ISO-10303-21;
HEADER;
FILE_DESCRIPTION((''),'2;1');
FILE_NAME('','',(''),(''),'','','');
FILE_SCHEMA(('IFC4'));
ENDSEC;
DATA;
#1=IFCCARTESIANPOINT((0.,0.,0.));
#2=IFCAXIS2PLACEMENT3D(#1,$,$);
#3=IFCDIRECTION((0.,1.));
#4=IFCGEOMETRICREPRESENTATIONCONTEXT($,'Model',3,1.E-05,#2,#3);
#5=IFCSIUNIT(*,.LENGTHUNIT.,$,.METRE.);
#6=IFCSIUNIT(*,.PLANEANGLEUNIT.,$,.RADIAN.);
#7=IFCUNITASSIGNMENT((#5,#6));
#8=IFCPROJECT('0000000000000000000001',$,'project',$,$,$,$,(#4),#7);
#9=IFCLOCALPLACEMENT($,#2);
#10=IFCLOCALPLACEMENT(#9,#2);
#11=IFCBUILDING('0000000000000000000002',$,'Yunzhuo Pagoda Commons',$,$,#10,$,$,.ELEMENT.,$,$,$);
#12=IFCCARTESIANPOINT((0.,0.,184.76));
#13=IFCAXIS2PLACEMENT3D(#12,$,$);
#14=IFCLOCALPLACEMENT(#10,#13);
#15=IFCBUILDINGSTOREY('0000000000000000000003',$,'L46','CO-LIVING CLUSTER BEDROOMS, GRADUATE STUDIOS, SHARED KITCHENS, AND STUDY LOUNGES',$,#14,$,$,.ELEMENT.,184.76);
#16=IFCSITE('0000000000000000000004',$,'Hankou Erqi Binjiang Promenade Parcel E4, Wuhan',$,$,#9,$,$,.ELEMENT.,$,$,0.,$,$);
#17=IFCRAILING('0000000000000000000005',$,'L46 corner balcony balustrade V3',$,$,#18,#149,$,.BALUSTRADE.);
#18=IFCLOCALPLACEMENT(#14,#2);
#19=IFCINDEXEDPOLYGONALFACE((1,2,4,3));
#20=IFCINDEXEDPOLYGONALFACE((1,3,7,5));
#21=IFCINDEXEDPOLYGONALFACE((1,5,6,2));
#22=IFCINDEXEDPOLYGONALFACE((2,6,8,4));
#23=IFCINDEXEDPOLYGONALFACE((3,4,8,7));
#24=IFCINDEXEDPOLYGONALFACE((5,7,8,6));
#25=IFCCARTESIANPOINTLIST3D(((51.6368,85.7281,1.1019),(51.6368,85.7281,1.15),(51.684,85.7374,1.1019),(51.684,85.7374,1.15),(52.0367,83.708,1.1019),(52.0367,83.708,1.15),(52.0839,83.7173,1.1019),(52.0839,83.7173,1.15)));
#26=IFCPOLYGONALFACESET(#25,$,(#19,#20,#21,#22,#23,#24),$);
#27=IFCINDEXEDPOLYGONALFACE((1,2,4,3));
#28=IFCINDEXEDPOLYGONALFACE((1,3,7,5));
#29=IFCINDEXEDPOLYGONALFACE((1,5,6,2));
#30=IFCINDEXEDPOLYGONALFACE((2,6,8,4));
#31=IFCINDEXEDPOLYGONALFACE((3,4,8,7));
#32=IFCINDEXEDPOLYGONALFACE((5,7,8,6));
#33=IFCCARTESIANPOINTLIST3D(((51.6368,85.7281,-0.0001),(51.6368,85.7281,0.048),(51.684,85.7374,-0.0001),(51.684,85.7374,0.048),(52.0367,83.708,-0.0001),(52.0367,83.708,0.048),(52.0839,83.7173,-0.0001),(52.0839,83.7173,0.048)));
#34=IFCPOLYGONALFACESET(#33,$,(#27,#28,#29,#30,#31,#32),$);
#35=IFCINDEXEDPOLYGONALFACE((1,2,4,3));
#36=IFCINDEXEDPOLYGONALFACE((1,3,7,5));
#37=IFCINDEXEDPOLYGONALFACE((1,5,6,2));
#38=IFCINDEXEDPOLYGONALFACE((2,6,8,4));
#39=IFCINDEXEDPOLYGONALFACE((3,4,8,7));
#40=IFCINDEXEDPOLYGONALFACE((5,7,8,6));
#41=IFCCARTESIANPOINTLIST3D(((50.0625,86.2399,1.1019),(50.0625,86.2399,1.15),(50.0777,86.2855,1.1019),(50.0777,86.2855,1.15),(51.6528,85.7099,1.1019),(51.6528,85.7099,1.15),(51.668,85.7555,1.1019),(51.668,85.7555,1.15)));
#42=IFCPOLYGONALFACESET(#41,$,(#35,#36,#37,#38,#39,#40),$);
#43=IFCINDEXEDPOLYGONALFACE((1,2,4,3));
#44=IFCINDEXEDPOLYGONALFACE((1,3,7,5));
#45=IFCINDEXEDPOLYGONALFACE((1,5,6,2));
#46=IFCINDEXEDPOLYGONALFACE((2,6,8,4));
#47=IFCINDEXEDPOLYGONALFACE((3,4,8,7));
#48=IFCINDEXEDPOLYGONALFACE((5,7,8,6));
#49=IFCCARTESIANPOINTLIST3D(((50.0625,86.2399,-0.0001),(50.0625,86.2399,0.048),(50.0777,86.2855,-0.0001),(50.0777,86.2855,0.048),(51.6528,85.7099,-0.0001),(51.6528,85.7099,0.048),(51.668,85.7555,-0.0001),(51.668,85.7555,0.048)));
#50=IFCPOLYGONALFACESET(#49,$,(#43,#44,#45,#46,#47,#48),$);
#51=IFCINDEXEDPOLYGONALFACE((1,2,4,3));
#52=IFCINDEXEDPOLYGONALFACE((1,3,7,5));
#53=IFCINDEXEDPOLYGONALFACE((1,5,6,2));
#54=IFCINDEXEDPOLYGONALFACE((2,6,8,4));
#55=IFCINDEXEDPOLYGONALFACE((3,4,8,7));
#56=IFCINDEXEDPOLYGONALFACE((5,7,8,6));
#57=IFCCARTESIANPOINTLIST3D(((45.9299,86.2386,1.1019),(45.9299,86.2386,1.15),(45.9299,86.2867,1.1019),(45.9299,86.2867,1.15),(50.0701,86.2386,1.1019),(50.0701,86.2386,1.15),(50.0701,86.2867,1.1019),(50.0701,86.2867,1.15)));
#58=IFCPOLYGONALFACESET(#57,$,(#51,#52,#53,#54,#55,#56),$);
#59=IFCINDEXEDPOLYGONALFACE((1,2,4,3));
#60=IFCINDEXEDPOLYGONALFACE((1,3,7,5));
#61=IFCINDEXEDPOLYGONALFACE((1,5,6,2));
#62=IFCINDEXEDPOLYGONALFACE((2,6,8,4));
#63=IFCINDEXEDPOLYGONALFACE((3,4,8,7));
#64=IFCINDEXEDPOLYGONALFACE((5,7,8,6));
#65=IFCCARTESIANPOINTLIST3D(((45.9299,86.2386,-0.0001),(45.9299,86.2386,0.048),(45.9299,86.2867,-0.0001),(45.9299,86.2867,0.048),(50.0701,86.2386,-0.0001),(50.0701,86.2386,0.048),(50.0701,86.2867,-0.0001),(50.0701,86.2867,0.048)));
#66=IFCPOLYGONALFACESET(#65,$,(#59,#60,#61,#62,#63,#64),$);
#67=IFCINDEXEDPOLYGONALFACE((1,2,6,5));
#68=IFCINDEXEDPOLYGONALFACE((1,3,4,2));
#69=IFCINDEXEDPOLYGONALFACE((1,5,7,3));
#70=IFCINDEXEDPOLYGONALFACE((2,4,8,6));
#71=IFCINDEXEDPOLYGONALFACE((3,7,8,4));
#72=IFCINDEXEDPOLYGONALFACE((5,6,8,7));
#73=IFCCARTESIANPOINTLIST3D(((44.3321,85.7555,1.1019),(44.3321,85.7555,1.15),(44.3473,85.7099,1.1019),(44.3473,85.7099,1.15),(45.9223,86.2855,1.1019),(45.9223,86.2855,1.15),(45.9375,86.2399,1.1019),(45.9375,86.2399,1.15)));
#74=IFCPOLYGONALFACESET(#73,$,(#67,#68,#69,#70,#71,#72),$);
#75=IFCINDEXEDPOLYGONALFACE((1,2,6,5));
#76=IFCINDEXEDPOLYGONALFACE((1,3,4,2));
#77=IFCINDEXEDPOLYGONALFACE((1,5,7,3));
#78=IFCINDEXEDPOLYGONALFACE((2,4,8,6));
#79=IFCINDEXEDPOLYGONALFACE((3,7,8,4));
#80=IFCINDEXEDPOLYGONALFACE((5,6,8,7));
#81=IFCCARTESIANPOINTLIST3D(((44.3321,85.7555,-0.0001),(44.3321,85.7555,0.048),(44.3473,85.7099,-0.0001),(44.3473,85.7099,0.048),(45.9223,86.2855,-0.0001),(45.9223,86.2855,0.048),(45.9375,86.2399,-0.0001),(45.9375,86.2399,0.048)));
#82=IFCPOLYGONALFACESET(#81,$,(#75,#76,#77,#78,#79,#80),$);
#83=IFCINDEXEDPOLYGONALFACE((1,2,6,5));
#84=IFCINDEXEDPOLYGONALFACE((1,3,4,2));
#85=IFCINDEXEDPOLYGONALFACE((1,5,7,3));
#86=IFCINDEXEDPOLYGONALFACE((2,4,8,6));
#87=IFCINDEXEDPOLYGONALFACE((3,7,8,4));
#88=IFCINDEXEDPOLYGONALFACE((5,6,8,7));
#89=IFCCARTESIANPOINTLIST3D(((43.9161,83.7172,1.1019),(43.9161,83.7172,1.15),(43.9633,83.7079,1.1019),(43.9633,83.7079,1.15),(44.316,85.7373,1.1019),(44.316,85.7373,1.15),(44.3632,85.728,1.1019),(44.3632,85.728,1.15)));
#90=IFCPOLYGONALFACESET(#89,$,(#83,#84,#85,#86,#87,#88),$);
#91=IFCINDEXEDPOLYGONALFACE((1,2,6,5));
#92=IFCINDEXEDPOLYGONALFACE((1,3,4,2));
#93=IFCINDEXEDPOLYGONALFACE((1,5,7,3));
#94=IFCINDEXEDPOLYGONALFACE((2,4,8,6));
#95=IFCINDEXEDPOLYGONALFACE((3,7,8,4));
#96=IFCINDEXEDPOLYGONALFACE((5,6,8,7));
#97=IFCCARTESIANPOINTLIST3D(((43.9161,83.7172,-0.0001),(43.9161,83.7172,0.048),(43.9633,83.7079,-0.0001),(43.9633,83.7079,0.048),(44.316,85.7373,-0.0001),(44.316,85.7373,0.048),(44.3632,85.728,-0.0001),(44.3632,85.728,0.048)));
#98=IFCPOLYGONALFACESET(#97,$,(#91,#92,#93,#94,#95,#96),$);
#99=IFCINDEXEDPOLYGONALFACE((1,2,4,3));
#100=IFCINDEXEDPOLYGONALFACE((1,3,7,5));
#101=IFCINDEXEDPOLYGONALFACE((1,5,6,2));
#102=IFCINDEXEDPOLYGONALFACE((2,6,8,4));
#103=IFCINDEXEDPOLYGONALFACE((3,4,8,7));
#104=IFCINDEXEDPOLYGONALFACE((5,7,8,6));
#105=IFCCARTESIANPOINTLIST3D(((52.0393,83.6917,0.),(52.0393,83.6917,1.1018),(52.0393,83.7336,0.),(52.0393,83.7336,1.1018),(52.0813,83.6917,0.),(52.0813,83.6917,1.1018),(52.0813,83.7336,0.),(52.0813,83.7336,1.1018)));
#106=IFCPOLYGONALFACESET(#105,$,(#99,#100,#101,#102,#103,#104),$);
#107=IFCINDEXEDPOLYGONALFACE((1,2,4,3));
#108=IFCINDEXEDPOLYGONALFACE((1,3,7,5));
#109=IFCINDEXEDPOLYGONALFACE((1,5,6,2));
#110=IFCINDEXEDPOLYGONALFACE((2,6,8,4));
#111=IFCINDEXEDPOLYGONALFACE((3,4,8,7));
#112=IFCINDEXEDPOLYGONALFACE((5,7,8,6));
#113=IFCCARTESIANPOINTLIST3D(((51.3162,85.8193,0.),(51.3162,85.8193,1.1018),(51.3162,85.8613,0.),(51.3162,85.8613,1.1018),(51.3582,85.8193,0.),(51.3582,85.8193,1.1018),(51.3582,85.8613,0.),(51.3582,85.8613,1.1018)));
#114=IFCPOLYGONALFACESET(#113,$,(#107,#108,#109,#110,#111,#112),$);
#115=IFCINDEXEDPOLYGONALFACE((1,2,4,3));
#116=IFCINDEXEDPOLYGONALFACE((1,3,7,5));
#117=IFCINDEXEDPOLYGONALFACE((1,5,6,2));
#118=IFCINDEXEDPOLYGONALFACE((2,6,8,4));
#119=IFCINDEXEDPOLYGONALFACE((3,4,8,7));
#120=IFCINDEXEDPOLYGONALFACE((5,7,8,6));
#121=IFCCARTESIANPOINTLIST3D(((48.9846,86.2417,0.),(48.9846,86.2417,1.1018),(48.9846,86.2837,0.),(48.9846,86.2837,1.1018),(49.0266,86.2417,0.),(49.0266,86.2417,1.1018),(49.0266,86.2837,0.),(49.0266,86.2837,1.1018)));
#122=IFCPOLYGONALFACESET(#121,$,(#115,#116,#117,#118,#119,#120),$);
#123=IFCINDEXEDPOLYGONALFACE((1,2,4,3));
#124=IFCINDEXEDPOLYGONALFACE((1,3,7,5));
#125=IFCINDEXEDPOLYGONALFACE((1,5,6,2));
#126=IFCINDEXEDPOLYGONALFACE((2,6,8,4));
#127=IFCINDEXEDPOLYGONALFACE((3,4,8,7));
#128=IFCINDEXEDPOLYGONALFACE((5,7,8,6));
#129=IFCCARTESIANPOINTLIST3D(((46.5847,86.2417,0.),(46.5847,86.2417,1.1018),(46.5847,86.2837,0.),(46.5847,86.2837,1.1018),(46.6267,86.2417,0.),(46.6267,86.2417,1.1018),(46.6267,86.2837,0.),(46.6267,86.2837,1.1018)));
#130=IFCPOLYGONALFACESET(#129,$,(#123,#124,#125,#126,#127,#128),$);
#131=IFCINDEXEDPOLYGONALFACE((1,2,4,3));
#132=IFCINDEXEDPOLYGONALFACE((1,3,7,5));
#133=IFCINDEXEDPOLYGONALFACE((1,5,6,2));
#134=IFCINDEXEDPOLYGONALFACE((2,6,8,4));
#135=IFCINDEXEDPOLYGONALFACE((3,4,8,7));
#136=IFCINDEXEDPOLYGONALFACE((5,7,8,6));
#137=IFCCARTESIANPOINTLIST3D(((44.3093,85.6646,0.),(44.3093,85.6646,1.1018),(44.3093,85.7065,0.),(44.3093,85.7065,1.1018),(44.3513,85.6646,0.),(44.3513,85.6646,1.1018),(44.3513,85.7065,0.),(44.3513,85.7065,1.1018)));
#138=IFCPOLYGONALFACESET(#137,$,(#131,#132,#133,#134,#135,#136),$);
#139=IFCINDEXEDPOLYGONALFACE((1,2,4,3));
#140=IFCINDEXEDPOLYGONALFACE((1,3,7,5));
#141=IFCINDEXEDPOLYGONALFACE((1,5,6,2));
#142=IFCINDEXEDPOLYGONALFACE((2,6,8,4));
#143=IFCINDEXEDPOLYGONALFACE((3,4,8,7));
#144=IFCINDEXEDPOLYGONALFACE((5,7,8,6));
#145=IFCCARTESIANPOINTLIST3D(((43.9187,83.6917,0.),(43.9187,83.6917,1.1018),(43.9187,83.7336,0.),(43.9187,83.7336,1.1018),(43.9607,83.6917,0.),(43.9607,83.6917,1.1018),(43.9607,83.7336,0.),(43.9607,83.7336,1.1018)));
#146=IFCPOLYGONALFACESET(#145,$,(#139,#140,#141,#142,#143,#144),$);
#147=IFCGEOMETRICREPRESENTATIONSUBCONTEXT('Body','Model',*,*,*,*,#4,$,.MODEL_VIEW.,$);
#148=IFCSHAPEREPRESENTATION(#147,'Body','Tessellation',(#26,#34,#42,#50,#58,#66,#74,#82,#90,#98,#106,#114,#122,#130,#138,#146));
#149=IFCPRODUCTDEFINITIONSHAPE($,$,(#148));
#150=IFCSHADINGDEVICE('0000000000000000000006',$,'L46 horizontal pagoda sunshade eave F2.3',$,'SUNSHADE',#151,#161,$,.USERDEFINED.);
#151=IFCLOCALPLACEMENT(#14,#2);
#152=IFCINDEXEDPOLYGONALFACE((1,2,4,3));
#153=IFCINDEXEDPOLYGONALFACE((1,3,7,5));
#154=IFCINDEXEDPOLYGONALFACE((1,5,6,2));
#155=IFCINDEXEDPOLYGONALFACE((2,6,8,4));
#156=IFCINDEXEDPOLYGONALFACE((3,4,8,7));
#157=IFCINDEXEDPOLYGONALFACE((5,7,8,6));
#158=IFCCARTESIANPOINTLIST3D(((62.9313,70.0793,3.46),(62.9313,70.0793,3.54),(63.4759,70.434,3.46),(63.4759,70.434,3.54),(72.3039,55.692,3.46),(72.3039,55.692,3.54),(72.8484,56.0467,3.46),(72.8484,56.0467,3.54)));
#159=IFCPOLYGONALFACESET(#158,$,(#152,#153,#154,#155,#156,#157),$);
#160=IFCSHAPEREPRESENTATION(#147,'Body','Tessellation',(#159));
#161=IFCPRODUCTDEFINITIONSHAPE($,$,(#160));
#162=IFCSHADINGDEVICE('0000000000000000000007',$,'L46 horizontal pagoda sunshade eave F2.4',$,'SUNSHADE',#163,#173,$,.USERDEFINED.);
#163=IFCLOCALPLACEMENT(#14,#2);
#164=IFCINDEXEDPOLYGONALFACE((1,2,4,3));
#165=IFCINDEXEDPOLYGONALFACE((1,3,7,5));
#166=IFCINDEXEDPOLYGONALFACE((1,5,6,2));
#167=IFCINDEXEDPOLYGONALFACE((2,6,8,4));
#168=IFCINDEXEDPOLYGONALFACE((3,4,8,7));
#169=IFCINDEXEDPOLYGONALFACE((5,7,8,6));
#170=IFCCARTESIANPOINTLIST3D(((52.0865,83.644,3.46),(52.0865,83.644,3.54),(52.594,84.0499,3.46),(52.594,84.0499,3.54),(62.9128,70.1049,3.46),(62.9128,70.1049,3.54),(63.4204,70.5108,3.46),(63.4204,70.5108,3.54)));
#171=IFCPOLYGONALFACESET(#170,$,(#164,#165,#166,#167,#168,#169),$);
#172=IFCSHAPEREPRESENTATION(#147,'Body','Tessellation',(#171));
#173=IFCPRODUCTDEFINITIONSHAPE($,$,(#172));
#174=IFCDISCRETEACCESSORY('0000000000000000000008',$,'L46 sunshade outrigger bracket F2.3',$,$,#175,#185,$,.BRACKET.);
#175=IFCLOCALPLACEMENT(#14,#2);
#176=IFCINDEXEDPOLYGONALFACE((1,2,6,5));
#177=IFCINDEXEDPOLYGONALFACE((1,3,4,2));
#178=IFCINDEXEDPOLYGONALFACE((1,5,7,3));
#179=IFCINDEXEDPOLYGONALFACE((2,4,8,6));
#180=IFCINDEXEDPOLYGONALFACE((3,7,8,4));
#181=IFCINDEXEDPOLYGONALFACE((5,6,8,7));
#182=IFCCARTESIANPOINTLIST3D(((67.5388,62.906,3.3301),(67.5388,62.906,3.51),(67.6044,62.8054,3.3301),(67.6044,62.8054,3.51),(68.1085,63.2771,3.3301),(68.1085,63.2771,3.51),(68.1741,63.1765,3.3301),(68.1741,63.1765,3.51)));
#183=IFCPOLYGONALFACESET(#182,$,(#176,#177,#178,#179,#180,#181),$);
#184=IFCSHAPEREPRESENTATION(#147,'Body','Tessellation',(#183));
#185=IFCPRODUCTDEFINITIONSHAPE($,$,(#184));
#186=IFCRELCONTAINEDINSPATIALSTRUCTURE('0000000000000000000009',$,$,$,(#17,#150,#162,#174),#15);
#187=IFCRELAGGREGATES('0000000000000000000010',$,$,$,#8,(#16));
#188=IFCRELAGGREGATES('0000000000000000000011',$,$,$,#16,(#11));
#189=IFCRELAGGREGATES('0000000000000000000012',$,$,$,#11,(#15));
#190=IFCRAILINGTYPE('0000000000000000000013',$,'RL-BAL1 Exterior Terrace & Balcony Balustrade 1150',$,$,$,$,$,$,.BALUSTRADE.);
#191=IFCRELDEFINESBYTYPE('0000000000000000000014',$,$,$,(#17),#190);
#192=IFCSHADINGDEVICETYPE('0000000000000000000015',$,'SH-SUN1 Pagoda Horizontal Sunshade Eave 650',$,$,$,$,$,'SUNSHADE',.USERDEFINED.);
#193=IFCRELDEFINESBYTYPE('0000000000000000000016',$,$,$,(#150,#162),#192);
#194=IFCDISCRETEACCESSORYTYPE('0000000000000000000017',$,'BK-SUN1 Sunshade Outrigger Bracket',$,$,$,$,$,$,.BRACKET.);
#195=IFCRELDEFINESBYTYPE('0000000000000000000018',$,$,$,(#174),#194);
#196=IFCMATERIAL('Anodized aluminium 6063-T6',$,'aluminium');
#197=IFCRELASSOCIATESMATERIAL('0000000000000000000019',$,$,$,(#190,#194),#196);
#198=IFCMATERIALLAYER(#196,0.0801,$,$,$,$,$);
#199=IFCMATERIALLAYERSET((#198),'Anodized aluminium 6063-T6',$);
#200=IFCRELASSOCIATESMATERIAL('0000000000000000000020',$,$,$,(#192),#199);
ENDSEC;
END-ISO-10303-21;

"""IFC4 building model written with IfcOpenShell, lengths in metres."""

from ifc_helpers import new_model, si_unit, direction, frame, origin, origin_2d, place, context, subcontext, project, spatial, rectangle, extrude, source, transform, mapped, material, layer, layer_set, type_object, element, save


model = new_model("IFC4")

# Units and contexts
model_context = context("Model", 3, precision=1e-05, world=origin(), true_north=direction((0.0, 1.0)))
body_context = subcontext(model_context, "Body", "Model", "MODEL_VIEW")
ifc_project = project(units=[si_unit("LENGTHUNIT", "METRE"), si_unit("PLANEANGLEUNIT", "RADIAN")], contexts=[model_context])

# Site, building, storey
site_placement = place(None, origin())
site = spatial("IfcSite", under=ifc_project, at=site_placement, Name="Hankou Erqi Binjiang Promenade Parcel E4, Wuhan", CompositionType="ELEMENT", RefElevation=0.0)
building_placement = place(site_placement, origin())
building = spatial("IfcBuilding", under=site, at=building_placement, Name="Yunzhuo Pagoda Commons", CompositionType="ELEMENT")
storey_placement = place(building_placement, frame((0.0, 0.0, 184.76)))
storey = spatial("IfcBuildingStorey", under=building, at=storey_placement, Name="L46", Description="CO-LIVING CLUSTER BEDROOMS, GRADUATE STUDIOS, SHARED KITCHENS, AND STUDY LOUNGES", CompositionType="ELEMENT", Elevation=184.76)

# Shared definitions
ifc_material_1 = material(Name="Anodized aluminium 6063-T6", Category="aluminium")

# Railing
railing_type_1 = type_object("IfcRailingType", Name="RL-BAL1 Exterior Terrace & Balcony Balustrade 1150", PredefinedType="BALUSTRADE", material=ifc_material_1)
railing_1_placement = place(storey_placement, frame((52.0603, 83.7126, 0.0)))
element("IfcRailing", 1, at=railing_1_placement, inside=storey, type_object=railing_type_1, Name="L46 corner balcony balustrade V3", PredefinedType="BALUSTRADE", context=body_context, shape_type="SweptSolid", body=[
    extrude(rectangle(XDim=0.0481, YDim=0.0481, at=origin_2d()), frame((0.0, 0.0, 1.126), z_axis=(-0.194201, 0.980962, 0.0), x_axis=(-0.980962, -0.194201, 0.0)), (0.0, 0.0, 1.0), 2.0593),
    extrude(rectangle(XDim=0.0481, YDim=0.0481, at=origin_2d()), frame((0.0, 0.0, 0.0239), z_axis=(-0.194201, 0.980962, 0.0), x_axis=(-0.980962, -0.194201, 0.0)), (0.0, 0.0, 1.0), 2.0593),
    extrude(rectangle(XDim=0.0481, YDim=0.0481, at=origin_2d()), frame((-0.3999, 2.02, 1.126), z_axis=(-0.948698, 0.316184, 0.0), x_axis=(-0.316184, -0.948698, 0.0)), (0.0, 0.0, 1.0), 1.6763),
    extrude(rectangle(XDim=0.0481, YDim=0.0481, at=origin_2d()), frame((-0.3999, 2.02, 0.0239), z_axis=(-0.948698, 0.316184, 0.0), x_axis=(-0.316184, -0.948698, 0.0)), (0.0, 0.0, 1.0), 1.6763),
    extrude(rectangle(XDim=0.0481, YDim=0.0481, at=origin_2d()), frame((-1.9902, 2.55, 1.126), z_axis=(-1.0, 0.0, 0.0), x_axis=(0.0, -1.0, 0.0)), (0.0, 0.0, 1.0), 4.1401),
    extrude(rectangle(XDim=0.0481, YDim=0.0481, at=origin_2d()), frame((-1.9902, 2.55, 0.0239), z_axis=(-1.0, 0.0, 0.0), x_axis=(0.0, -1.0, 0.0)), (0.0, 0.0, 1.0), 4.1401),
    extrude(rectangle(XDim=0.0481, YDim=0.0481, at=origin_2d()), frame((-6.1304, 2.55, 1.126), z_axis=(-0.948698, -0.316184, 0.0), x_axis=(0.316184, -0.948698, 0.0)), (0.0, 0.0, 1.0), 1.6763),
    extrude(rectangle(XDim=0.0481, YDim=0.0481, at=origin_2d()), frame((-6.1304, 2.55, 0.0239), z_axis=(-0.948698, -0.316184, 0.0), x_axis=(0.316184, -0.948698, 0.0)), (0.0, 0.0, 1.0), 1.6763),
    extrude(rectangle(XDim=0.0481, YDim=0.0481, at=origin_2d()), frame((-7.7207, 2.02, 1.126), z_axis=(-0.194201, -0.980962, 0.0), x_axis=(0.980962, -0.194201, 0.0)), (0.0, 0.0, 1.0), 2.0593),
    extrude(rectangle(XDim=0.0481, YDim=0.0481, at=origin_2d()), frame((-7.7207, 2.02, 0.0239), z_axis=(-0.194201, -0.980962, 0.0), x_axis=(0.980962, -0.194201, 0.0)), (0.0, 0.0, 1.0), 2.0593),
    extrude(rectangle(XDim=0.042, YDim=0.042, at=origin_2d()), origin(), (0.0, 0.0, 1.0), 1.1018),
    extrude(rectangle(XDim=0.042, YDim=0.042, at=origin_2d()), frame((-0.7231, 2.1277, 0.0)), (0.0, 0.0, 1.0), 1.1018),
    extrude(rectangle(XDim=0.042, YDim=0.042, at=origin_2d()), frame((-3.0547, 2.55, 0.0)), (0.0, 0.0, 1.0), 1.1018),
    extrude(rectangle(XDim=0.042, YDim=0.042, at=origin_2d()), frame((-5.4546, 2.55, 0.0)), (0.0, 0.0, 1.0), 1.1018),
    extrude(rectangle(XDim=0.042, YDim=0.042, at=origin_2d()), frame((-7.73, 1.9729, 0.0)), (0.0, 0.0, 1.0), 1.1018),
    extrude(rectangle(XDim=0.042, YDim=0.042, at=origin_2d()), frame((-8.1206, 0.0, 0.0)), (0.0, 0.0, 1.0), 1.1018),
])

# Shading devices
ifc_layer_1 = layer(ifc_material_1, 0.0801)
ifc_layer_set_1 = layer_set([ifc_layer_1], Name="Anodized aluminium 6063-T6")
shading_device_type = type_object("IfcShadingDeviceType", Name="SH-SUN1 Pagoda Horizontal Sunshade Eave 650", ElementType="SUNSHADE", PredefinedType="USERDEFINED", material=ifc_layer_set_1)
shared_shape_1 = source(origin(), body_context, "Body", "SweptSolid", [
    extrude(rectangle(XDim=17.1709, YDim=0.6499, at=origin_2d()), origin(), (0.0, 0.0, 1.0), 0.0801),
])
shading_device_1_placement = place(storey_placement, frame((67.8899, 63.063, 3.46), z_axis=(0.0, 0.0, 1.0), x_axis=(-0.545839, 0.83789, 0.0)))
element("IfcShadingDevice", 2, at=shading_device_1_placement, inside=storey, type_object=shading_device_type, Name="L46 horizontal pagoda sunshade eave F2.3", ObjectType="SUNSHADE", PredefinedType="USERDEFINED", context=body_context, shape_type="MappedRepresentation", body=[
    mapped(shared_shape_1, transform((0.0, 0.0, 0.0), scale=1.0)),
])
shared_shape_2 = source(origin(), body_context, "Body", "SweptSolid", [
    extrude(rectangle(XDim=17.3354, YDim=0.6499, at=origin_2d()), origin(), (0.0, 0.0, 1.0), 0.0801),
])
shading_device_2_placement = place(storey_placement, frame((57.7534, 77.0774, 3.46), z_axis=(0.0, 0.0, 1.0), x_axis=(-0.62452, 0.781008, 0.0)))
element("IfcShadingDevice", 3, at=shading_device_2_placement, inside=storey, type_object=shading_device_type, Name="L46 horizontal pagoda sunshade eave F2.4", ObjectType="SUNSHADE", PredefinedType="USERDEFINED", context=body_context, shape_type="MappedRepresentation", body=[
    mapped(shared_shape_2, transform((0.0, 0.0, 0.0), scale=1.0)),
])

# Discrete accessory
discrete_accessory_type = type_object("IfcDiscreteAccessoryType", Name="BK-SUN1 Sunshade Outrigger Bracket", PredefinedType="BRACKET", material=ifc_material_1)
shared_shape_3 = source(origin(), body_context, "Body", "SweptSolid", [
    extrude(rectangle(XDim=0.1201, YDim=0.6799, at=origin_2d()), origin(), (0.0, 0.0, 1.0), 0.1799),
])
discrete_accessory_placement = place(storey_placement, frame((67.8564, 63.0413, 3.3301), z_axis=(0.0, 0.0, 1.0), x_axis=(-0.545839, 0.83789, 0.0)))
element("IfcDiscreteAccessory", 4, at=discrete_accessory_placement, inside=storey, type_object=discrete_accessory_type, Name="L46 sunshade outrigger bracket F2.3", PredefinedType="BRACKET", context=body_context, shape_type="MappedRepresentation", body=[
    mapped(shared_shape_3, transform((0.0, 0.0, 0.0), scale=1.0)),
])

save(model, "model.ifc")
